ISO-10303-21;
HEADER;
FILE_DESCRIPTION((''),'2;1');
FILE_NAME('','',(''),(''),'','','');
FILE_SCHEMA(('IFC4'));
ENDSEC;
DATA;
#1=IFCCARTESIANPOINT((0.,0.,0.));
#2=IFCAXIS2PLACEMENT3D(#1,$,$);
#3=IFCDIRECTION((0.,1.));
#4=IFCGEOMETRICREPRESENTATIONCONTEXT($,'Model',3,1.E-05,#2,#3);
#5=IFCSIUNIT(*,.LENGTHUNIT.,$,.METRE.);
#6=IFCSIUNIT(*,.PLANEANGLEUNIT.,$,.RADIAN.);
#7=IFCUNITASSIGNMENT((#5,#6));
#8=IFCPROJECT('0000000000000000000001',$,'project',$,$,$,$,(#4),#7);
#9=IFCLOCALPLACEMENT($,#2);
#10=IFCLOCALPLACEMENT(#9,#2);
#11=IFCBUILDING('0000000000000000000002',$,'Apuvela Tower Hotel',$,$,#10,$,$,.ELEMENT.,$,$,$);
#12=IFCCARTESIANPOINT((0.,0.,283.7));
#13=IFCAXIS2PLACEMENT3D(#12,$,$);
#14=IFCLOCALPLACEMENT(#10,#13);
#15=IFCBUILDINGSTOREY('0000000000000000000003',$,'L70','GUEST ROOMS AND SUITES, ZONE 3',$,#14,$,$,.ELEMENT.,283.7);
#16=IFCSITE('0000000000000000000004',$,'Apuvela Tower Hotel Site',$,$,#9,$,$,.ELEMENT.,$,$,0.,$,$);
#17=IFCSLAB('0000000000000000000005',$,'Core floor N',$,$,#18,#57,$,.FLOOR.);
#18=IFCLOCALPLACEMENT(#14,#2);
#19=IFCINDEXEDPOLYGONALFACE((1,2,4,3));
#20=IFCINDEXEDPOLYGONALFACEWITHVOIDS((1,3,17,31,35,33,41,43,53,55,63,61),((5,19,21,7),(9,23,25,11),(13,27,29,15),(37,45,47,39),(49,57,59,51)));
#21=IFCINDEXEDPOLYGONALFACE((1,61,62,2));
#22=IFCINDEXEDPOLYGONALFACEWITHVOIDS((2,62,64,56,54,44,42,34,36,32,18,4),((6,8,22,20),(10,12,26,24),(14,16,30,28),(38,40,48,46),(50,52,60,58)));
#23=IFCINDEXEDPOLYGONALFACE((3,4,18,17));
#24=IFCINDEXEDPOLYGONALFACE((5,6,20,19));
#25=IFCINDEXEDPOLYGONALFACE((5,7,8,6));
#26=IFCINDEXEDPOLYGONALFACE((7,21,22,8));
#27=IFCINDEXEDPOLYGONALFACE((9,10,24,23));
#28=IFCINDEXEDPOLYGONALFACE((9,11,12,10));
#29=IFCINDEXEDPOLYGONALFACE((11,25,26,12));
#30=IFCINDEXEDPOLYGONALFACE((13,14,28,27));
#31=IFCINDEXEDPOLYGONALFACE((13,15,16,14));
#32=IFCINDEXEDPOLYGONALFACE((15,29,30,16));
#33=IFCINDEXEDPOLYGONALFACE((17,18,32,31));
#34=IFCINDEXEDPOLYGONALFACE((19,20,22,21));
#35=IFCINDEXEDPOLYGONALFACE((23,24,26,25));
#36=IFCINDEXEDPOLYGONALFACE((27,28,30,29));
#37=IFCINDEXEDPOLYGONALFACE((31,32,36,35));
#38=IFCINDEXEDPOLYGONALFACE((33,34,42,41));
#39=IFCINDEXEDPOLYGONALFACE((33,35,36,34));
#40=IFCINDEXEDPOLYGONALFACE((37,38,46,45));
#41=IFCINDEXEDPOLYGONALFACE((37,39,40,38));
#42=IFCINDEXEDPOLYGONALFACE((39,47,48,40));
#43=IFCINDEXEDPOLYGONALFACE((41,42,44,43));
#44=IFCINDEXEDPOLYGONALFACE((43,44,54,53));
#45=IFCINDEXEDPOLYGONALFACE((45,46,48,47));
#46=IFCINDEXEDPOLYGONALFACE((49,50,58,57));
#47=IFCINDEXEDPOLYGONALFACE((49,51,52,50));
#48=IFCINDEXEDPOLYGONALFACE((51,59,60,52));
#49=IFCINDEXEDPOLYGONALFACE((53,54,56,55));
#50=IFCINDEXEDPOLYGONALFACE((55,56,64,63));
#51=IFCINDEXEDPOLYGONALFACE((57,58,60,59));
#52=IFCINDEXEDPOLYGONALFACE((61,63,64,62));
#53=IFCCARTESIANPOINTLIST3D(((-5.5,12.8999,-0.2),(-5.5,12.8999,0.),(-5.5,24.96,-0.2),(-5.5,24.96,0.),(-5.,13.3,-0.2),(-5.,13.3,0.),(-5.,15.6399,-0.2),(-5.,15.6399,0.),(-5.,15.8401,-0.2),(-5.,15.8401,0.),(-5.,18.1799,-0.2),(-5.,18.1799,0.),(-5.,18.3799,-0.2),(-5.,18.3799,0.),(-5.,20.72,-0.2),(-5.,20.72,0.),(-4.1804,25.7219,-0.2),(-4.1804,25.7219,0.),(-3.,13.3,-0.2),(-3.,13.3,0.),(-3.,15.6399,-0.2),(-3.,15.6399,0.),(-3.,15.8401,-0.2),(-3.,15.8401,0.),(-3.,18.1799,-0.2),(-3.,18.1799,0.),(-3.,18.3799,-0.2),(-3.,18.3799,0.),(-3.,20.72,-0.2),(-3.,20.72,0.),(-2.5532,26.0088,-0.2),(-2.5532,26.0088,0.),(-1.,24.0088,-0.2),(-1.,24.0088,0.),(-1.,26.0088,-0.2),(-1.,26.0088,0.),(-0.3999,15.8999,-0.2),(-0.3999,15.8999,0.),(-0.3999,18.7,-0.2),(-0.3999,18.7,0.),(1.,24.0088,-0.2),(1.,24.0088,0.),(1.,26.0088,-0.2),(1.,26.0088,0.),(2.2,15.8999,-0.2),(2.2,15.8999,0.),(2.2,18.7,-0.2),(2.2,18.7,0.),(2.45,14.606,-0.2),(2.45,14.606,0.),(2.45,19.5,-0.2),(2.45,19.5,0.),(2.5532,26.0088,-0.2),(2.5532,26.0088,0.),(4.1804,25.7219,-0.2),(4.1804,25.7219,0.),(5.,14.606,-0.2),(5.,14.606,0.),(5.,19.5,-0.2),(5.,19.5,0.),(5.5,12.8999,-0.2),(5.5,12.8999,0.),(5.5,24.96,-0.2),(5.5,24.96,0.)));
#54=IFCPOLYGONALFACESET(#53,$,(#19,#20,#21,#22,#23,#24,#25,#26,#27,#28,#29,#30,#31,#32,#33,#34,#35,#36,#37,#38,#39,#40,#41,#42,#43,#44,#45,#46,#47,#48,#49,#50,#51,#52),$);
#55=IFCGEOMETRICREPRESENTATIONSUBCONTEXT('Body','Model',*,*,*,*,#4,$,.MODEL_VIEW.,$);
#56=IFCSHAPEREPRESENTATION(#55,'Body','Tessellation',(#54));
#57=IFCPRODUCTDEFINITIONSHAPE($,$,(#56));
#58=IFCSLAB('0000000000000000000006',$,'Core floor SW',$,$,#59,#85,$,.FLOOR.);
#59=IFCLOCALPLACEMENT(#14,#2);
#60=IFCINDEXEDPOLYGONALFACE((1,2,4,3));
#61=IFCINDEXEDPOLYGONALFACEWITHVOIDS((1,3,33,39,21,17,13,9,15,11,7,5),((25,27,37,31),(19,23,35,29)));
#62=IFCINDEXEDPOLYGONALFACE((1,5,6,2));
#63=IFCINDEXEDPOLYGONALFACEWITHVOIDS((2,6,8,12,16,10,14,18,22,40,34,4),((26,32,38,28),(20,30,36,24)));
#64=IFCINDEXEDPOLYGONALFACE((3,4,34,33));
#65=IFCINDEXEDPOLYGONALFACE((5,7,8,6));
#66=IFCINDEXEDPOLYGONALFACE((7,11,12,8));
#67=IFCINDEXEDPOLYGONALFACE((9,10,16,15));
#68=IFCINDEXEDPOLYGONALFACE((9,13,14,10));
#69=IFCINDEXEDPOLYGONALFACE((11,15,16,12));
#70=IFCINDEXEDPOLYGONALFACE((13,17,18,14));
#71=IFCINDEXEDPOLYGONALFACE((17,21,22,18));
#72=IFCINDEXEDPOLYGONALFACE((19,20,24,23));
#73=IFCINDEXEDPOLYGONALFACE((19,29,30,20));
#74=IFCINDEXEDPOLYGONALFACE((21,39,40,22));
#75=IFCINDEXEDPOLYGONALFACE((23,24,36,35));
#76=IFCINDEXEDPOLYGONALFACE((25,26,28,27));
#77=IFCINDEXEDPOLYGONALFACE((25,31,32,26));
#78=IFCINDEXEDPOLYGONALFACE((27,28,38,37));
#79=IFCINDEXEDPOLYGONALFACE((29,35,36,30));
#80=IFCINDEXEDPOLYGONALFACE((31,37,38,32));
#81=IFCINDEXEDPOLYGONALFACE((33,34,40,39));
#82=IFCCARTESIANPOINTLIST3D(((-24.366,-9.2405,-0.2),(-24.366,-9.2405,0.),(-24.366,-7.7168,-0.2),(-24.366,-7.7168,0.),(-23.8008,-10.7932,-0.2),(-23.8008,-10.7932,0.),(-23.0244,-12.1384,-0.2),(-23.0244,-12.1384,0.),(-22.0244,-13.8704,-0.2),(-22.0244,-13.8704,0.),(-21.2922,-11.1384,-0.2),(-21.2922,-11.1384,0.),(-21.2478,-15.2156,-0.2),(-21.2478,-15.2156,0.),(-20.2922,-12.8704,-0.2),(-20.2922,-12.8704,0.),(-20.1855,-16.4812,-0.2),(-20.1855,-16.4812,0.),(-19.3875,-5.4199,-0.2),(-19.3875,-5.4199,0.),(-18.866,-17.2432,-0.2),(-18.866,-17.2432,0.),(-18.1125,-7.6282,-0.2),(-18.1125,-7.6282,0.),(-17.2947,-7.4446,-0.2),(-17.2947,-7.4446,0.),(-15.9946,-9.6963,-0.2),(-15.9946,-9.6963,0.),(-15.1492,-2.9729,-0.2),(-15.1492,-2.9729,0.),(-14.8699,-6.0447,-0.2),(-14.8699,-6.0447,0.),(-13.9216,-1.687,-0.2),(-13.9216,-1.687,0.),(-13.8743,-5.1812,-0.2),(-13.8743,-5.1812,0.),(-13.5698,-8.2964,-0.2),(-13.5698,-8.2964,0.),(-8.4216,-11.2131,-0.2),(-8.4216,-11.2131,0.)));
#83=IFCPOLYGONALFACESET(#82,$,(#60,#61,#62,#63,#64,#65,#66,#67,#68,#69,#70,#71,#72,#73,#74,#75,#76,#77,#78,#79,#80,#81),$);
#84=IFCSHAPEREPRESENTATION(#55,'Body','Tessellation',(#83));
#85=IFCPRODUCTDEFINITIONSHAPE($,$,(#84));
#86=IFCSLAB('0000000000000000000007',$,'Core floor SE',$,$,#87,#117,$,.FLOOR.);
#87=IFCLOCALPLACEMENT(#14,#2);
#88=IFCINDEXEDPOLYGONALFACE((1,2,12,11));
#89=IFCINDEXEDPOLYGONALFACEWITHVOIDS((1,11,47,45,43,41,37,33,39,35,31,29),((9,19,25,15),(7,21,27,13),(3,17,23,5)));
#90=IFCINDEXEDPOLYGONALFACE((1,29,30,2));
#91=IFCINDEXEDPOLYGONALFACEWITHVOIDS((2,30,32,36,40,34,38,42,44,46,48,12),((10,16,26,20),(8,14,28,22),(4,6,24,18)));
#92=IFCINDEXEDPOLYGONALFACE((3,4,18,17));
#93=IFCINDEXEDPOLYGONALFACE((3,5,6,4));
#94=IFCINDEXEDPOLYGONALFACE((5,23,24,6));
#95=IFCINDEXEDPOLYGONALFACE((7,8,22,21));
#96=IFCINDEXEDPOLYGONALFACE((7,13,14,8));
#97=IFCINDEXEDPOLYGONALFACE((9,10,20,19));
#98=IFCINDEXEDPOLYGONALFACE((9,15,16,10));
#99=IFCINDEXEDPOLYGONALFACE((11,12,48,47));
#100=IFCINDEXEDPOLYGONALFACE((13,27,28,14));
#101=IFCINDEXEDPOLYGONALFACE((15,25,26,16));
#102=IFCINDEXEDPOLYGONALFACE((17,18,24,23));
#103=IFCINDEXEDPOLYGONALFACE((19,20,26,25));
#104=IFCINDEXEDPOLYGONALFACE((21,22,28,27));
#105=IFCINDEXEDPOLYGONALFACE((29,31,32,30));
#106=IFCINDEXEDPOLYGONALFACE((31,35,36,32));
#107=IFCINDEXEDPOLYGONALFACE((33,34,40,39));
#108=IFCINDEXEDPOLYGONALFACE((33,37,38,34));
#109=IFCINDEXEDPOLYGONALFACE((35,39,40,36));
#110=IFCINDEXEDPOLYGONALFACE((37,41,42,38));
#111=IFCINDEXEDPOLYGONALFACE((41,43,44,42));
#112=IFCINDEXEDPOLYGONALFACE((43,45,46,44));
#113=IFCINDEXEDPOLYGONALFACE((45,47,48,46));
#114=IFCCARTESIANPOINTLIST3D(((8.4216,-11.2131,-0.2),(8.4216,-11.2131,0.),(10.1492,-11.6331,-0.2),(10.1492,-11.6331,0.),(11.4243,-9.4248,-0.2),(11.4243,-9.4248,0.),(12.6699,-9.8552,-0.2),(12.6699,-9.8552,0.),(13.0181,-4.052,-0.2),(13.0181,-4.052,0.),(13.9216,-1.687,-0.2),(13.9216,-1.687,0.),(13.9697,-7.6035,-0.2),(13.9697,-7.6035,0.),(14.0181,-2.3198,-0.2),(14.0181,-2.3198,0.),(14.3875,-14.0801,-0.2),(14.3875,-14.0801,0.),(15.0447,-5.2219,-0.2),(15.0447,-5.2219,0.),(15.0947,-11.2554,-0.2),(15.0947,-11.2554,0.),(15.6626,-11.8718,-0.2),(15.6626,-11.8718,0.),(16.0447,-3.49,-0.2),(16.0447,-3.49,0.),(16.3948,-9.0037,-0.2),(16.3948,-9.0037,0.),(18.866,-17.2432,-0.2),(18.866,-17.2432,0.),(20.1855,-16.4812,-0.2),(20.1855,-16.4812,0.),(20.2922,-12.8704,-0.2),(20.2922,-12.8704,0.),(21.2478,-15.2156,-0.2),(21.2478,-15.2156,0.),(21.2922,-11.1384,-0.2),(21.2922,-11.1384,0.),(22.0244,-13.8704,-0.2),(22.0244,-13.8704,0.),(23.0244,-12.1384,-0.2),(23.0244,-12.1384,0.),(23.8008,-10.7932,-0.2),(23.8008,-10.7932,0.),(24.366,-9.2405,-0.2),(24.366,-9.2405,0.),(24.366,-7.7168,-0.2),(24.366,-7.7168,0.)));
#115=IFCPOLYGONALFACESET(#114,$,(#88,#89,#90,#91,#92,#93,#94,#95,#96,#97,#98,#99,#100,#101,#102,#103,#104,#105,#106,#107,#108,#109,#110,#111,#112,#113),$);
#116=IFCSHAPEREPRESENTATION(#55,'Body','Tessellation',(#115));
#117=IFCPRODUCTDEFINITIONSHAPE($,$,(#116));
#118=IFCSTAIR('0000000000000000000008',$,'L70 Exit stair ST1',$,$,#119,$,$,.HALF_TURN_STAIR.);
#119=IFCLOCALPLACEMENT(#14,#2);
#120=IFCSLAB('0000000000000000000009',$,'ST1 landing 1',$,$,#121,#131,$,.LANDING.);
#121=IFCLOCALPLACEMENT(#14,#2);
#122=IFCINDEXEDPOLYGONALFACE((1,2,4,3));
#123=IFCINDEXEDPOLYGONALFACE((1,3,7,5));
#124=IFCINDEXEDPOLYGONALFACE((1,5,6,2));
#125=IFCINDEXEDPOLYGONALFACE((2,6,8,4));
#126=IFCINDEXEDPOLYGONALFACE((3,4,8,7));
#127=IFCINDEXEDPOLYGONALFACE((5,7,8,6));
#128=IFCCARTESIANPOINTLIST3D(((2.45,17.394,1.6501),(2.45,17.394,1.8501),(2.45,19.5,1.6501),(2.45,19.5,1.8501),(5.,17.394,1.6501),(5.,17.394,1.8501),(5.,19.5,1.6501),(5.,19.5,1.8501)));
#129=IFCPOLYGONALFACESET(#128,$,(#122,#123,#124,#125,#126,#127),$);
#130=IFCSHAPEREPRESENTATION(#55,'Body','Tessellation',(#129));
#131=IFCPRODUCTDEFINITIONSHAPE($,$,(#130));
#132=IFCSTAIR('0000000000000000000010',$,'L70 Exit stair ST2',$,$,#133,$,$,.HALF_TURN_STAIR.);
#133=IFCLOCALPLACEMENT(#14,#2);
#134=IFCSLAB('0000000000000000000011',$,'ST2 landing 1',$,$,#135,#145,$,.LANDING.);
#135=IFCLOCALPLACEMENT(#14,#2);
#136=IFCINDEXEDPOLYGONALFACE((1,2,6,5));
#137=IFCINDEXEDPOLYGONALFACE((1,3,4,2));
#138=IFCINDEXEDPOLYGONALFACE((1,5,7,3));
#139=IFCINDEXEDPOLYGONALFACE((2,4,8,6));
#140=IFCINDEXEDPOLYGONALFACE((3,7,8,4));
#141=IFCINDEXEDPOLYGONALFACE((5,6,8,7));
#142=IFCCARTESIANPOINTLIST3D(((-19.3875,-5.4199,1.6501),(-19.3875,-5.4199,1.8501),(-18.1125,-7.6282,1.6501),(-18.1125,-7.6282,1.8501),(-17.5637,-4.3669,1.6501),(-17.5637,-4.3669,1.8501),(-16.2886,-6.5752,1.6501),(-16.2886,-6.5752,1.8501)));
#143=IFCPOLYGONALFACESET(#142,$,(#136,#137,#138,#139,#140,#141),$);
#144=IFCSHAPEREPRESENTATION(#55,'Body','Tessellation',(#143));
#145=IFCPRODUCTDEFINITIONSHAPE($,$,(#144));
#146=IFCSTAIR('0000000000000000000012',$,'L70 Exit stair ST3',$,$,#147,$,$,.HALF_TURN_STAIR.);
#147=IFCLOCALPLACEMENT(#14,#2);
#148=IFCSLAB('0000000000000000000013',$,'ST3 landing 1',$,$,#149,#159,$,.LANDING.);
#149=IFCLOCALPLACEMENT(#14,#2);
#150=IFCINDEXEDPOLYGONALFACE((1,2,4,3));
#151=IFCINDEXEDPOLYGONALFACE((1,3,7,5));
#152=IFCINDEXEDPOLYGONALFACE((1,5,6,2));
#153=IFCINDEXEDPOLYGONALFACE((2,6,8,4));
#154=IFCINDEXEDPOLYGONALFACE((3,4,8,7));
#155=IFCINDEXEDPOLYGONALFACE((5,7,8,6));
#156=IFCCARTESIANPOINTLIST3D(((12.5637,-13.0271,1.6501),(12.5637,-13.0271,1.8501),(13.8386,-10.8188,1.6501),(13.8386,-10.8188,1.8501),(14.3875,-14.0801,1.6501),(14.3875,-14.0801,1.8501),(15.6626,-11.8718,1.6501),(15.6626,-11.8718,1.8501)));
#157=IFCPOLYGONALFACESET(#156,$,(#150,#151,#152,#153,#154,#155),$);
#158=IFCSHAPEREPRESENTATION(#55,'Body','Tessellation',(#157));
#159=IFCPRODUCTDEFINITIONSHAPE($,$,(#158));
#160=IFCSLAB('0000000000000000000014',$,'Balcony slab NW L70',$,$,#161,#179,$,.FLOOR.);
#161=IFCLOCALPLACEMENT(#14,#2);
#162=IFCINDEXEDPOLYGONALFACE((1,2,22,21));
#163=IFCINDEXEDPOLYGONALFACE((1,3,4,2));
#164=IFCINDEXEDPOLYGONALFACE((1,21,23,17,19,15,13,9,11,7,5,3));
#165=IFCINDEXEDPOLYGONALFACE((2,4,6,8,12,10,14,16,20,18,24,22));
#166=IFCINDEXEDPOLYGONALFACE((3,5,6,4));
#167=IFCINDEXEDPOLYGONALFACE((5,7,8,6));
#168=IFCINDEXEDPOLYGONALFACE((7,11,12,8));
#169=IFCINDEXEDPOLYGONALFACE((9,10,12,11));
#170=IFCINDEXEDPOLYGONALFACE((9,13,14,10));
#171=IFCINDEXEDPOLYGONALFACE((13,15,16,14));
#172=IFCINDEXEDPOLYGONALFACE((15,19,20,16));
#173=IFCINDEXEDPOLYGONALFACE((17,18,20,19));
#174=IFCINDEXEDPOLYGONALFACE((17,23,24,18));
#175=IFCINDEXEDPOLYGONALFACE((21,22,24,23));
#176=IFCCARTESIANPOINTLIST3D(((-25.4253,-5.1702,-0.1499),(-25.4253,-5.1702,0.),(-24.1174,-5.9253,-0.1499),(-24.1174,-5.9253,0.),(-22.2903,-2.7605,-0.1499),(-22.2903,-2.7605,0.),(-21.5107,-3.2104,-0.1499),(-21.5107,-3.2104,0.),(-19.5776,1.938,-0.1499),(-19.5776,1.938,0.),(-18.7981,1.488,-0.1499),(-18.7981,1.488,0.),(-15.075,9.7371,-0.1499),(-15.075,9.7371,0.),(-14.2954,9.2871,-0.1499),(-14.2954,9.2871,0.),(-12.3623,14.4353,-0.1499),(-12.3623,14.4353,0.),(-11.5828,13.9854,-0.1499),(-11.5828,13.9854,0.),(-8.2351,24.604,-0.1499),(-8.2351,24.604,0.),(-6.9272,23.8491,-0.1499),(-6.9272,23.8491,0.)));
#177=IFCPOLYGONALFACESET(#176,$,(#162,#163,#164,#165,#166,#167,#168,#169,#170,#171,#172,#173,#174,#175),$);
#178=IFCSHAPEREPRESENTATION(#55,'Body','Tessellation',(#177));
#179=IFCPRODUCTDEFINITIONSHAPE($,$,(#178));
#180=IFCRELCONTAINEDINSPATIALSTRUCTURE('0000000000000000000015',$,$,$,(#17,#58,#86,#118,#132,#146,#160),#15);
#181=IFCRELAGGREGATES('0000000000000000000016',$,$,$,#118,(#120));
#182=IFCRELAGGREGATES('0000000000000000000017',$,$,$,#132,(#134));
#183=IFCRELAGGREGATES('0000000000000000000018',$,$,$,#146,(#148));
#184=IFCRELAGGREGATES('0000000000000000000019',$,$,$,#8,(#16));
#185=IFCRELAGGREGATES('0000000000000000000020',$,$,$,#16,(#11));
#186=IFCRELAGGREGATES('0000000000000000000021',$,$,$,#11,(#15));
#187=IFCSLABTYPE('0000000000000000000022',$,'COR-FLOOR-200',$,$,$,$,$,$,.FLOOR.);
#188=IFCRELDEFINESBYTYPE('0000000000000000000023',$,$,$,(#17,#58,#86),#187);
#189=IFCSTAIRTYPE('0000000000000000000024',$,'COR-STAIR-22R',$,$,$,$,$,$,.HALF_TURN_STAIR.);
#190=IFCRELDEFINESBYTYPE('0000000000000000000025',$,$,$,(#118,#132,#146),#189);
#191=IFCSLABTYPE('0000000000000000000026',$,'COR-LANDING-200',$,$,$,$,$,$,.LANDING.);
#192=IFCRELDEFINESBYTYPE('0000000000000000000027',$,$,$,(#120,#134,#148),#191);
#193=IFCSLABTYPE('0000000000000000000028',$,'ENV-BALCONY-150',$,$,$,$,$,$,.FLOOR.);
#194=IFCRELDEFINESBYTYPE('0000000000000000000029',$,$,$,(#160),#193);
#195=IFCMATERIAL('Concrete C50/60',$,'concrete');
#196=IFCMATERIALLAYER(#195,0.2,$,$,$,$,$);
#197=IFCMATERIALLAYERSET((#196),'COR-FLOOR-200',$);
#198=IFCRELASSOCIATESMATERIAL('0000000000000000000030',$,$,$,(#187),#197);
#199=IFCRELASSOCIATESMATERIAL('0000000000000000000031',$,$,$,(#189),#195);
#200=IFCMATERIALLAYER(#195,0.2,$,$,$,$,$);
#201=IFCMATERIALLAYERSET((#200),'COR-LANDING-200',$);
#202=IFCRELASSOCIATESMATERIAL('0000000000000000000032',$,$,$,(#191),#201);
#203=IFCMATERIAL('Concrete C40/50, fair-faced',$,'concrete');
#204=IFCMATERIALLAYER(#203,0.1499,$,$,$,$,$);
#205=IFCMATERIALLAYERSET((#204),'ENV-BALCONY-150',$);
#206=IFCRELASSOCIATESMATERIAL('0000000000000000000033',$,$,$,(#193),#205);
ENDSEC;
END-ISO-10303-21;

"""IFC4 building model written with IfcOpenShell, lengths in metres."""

from ifc_helpers import new_model, si_unit, direction, frame, origin, place, context, subcontext, project, spatial, polyline, outline, extrude, material, layer, layer_set, type_object, element, aggregate, save


model = new_model("IFC4")

# Units and contexts
model_context = context("Model", 3, precision=1e-05, world=origin(), true_north=direction((0.0, 1.0)))
body_context = subcontext(model_context, "Body", "Model", "MODEL_VIEW")
ifc_project = project(units=[si_unit("LENGTHUNIT", "METRE"), si_unit("PLANEANGLEUNIT", "RADIAN")], contexts=[model_context])

# Site, building, storey
site_placement = place(None, origin())
site = spatial("IfcSite", under=ifc_project, at=site_placement, Name="Apuvela Tower Hotel Site", CompositionType="ELEMENT", RefElevation=0.0)
building_placement = place(site_placement, origin())
building = spatial("IfcBuilding", under=site, at=building_placement, Name="Apuvela Tower Hotel", CompositionType="ELEMENT")
storey_placement = place(building_placement, frame((0.0, 0.0, 283.7)))
storey = spatial("IfcBuildingStorey", under=building, at=storey_placement, Name="L70", Description="GUEST ROOMS AND SUITES, ZONE 3", CompositionType="ELEMENT", Elevation=283.7)

# Slabs
ifc_material_1 = material(Name="Concrete C50/60", Category="concrete")
ifc_layer_1 = layer(ifc_material_1, 0.2)
ifc_layer_set_1 = layer_set([ifc_layer_1], Name="COR-FLOOR-200")
slab_type_1 = type_object("IfcSlabType", Name="COR-FLOOR-200", PredefinedType="FLOOR", material=ifc_layer_set_1)
slab_1_placement = place(storey_placement, frame((0.0, 0.0, -0.2)))
element("IfcSlab", 1, at=slab_1_placement, inside=storey, type_object=slab_type_1, Name="Core floor N", PredefinedType="FLOOR", context=body_context, shape_type="SweptSolid", body=[
    extrude(outline(polyline([(5.5, 24.96), (4.1804, 25.7219), (2.5532, 26.0088), (1.0, 26.0088), (1.0, 24.0088), (-1.0, 24.0088), (-1.0, 26.0088), (-2.5532, 26.0088), (-4.1804, 25.7219), (-5.5, 24.96), (-5.5, 12.8999), (5.5, 12.8999), (5.5, 24.96)]), holes=[polyline([(-3.0, 13.3), (-5.0, 13.3), (-5.0, 15.6399), (-3.0, 15.6399), (-3.0, 13.3)]), polyline([(-3.0, 15.8401), (-5.0, 15.8401), (-5.0, 18.1799), (-3.0, 18.1799), (-3.0, 15.8401)]), polyline([(5.0, 14.606), (2.45, 14.606), (2.45, 19.5), (5.0, 19.5), (5.0, 14.606)]), polyline([(2.2, 18.7), (2.2, 15.8999), (-0.3999, 15.8999), (-0.3999, 18.7), (2.2, 18.7)]), polyline([(-3.0, 20.72), (-3.0, 18.3799), (-5.0, 18.3799), (-5.0, 20.72), (-3.0, 20.72)])]), origin(), (0.0, 0.0, 1.0), 0.2),
])
slab_2_placement = place(storey_placement, frame((0.0, 0.0, -0.2)))
element("IfcSlab", 2, at=slab_2_placement, inside=storey, type_object=slab_type_1, Name="Core floor SW", PredefinedType="FLOOR", context=body_context, shape_type="SweptSolid", body=[
    extrude(outline(polyline([(-24.366, -7.7168), (-24.366, -9.2405), (-23.8008, -10.7932), (-23.0244, -12.1384), (-21.2922, -11.1384), (-20.2922, -12.8704), (-22.0244, -13.8704), (-21.2478, -15.2156), (-20.1855, -16.4812), (-18.866, -17.2432), (-8.4216, -11.2131), (-13.9216, -1.687), (-24.366, -7.7168)]), holes=[polyline([(-13.8743, -5.1812), (-18.1125, -7.6282), (-19.3875, -5.4199), (-15.1492, -2.9729), (-13.8743, -5.1812)]), polyline([(-13.5698, -8.2964), (-15.9946, -9.6963), (-17.2947, -7.4446), (-14.8699, -6.0447), (-13.5698, -8.2964)])]), origin(), (0.0, 0.0, 1.0), 0.2),
])
slab_3_placement = place(storey_placement, frame((0.0, 0.0, -0.2)))
element("IfcSlab", 3, at=slab_3_placement, inside=storey, type_object=slab_type_1, Name="Core floor SE", PredefinedType="FLOOR", context=body_context, shape_type="SweptSolid", body=[
    extrude(outline(polyline([(18.866, -17.2432), (20.1855, -16.4812), (21.2478, -15.2156), (22.0244, -13.8704), (20.2922, -12.8704), (21.2922, -11.1384), (23.0244, -12.1384), (23.8008, -10.7932), (24.366, -9.2405), (24.366, -7.7168), (13.9216, -1.687), (8.4216, -11.2131), (18.866, -17.2432)]), holes=[polyline([(14.0181, -2.3198), (16.0447, -3.49), (15.0447, -5.2219), (13.0181, -4.052), (14.0181, -2.3198)]), polyline([(10.1492, -11.6331), (11.4243, -9.4248), (15.6626, -11.8718), (14.3875, -14.0801), (10.1492, -11.6331)]), polyline([(12.6699, -9.8552), (13.9697, -7.6035), (16.3948, -9.0037), (15.0947, -11.2554), (12.6699, -9.8552)])]), origin(), (0.0, 0.0, 1.0), 0.2),
])

# Stairs, slabs
stair_type = type_object("IfcStairType", Name="COR-STAIR-22R", PredefinedType="HALF_TURN_STAIR", material=ifc_material_1)
stair_1_placement = place(storey_placement, origin())
stair_1 = element("IfcStair", 4, at=stair_1_placement, inside=storey, type_object=stair_type, Name="L70 Exit stair ST1", PredefinedType="HALF_TURN_STAIR")
ifc_layer_2 = layer(ifc_material_1, 0.2)
ifc_layer_set_2 = layer_set([ifc_layer_2], Name="COR-LANDING-200")
slab_type_2 = type_object("IfcSlabType", Name="COR-LANDING-200", PredefinedType="LANDING", material=ifc_layer_set_2)
slab_4_placement = place(storey_placement, frame((0.0, 0.0, 1.6501)))
slab_4 = element("IfcSlab", 5, at=slab_4_placement, type_object=slab_type_2, Name="ST1 landing 1", PredefinedType="LANDING", context=body_context, shape_type="SweptSolid", body=[
    extrude(outline(polyline([(5.0, 17.394), (5.0, 19.5), (2.45, 19.5), (2.45, 17.394), (5.0, 17.394)])), origin(), (0.0, 0.0, 1.0), 0.2),
])
aggregate(stair_1, [slab_4])
stair_2_placement = place(storey_placement, origin())
stair_2 = element("IfcStair", 6, at=stair_2_placement, inside=storey, type_object=stair_type, Name="L70 Exit stair ST2", PredefinedType="HALF_TURN_STAIR")
slab_5_placement = place(storey_placement, frame((0.0, 0.0, 1.6501)))
slab_5 = element("IfcSlab", 7, at=slab_5_placement, type_object=slab_type_2, Name="ST2 landing 1", PredefinedType="LANDING", context=body_context, shape_type="SweptSolid", body=[
    extrude(outline(polyline([(-17.5637, -4.3669), (-19.3875, -5.4199), (-18.1125, -7.6282), (-16.2886, -6.5752), (-17.5637, -4.3669)])), origin(), (0.0, 0.0, 1.0), 0.2),
])
aggregate(stair_2, [slab_5])
stair_3_placement = place(storey_placement, origin())
stair_3 = element("IfcStair", 8, at=stair_3_placement, inside=storey, type_object=stair_type, Name="L70 Exit stair ST3", PredefinedType="HALF_TURN_STAIR")
slab_6_placement = place(storey_placement, frame((0.0, 0.0, 1.6501)))
slab_6 = element("IfcSlab", 9, at=slab_6_placement, type_object=slab_type_2, Name="ST3 landing 1", PredefinedType="LANDING", context=body_context, shape_type="SweptSolid", body=[
    extrude(outline(polyline([(12.5637, -13.0271), (14.3875, -14.0801), (15.6626, -11.8718), (13.8386, -10.8188), (12.5637, -13.0271)])), origin(), (0.0, 0.0, 1.0), 0.2),
])
aggregate(stair_3, [slab_6])

# Slab
ifc_material_2 = material(Name="Concrete C40/50, fair-faced", Category="concrete")
ifc_layer_3 = layer(ifc_material_2, 0.1499)
ifc_layer_set_3 = layer_set([ifc_layer_3], Name="ENV-BALCONY-150")
slab_type_3 = type_object("IfcSlabType", Name="ENV-BALCONY-150", PredefinedType="FLOOR", material=ifc_layer_set_3)
slab_7_placement = place(storey_placement, frame((0.0, 0.0, -0.1499)))
element("IfcSlab", 10, at=slab_7_placement, inside=storey, type_object=slab_type_3, Name="Balcony slab NW L70", PredefinedType="FLOOR", context=body_context, shape_type="SweptSolid", body=[
    extrude(outline(polyline([(-25.4253, -5.1702), (-8.2351, 24.604), (-6.9272, 23.8491), (-12.3623, 14.4353), (-11.5828, 13.9854), (-14.2954, 9.2871), (-15.075, 9.7371), (-19.5776, 1.938), (-18.7981, 1.488), (-21.5107, -3.2104), (-22.2903, -2.7605), (-24.1174, -5.9253), (-25.4253, -5.1702)])), origin(), (0.0, 0.0, 1.0), 0.1499),
])

save(model, "model.ifc")
